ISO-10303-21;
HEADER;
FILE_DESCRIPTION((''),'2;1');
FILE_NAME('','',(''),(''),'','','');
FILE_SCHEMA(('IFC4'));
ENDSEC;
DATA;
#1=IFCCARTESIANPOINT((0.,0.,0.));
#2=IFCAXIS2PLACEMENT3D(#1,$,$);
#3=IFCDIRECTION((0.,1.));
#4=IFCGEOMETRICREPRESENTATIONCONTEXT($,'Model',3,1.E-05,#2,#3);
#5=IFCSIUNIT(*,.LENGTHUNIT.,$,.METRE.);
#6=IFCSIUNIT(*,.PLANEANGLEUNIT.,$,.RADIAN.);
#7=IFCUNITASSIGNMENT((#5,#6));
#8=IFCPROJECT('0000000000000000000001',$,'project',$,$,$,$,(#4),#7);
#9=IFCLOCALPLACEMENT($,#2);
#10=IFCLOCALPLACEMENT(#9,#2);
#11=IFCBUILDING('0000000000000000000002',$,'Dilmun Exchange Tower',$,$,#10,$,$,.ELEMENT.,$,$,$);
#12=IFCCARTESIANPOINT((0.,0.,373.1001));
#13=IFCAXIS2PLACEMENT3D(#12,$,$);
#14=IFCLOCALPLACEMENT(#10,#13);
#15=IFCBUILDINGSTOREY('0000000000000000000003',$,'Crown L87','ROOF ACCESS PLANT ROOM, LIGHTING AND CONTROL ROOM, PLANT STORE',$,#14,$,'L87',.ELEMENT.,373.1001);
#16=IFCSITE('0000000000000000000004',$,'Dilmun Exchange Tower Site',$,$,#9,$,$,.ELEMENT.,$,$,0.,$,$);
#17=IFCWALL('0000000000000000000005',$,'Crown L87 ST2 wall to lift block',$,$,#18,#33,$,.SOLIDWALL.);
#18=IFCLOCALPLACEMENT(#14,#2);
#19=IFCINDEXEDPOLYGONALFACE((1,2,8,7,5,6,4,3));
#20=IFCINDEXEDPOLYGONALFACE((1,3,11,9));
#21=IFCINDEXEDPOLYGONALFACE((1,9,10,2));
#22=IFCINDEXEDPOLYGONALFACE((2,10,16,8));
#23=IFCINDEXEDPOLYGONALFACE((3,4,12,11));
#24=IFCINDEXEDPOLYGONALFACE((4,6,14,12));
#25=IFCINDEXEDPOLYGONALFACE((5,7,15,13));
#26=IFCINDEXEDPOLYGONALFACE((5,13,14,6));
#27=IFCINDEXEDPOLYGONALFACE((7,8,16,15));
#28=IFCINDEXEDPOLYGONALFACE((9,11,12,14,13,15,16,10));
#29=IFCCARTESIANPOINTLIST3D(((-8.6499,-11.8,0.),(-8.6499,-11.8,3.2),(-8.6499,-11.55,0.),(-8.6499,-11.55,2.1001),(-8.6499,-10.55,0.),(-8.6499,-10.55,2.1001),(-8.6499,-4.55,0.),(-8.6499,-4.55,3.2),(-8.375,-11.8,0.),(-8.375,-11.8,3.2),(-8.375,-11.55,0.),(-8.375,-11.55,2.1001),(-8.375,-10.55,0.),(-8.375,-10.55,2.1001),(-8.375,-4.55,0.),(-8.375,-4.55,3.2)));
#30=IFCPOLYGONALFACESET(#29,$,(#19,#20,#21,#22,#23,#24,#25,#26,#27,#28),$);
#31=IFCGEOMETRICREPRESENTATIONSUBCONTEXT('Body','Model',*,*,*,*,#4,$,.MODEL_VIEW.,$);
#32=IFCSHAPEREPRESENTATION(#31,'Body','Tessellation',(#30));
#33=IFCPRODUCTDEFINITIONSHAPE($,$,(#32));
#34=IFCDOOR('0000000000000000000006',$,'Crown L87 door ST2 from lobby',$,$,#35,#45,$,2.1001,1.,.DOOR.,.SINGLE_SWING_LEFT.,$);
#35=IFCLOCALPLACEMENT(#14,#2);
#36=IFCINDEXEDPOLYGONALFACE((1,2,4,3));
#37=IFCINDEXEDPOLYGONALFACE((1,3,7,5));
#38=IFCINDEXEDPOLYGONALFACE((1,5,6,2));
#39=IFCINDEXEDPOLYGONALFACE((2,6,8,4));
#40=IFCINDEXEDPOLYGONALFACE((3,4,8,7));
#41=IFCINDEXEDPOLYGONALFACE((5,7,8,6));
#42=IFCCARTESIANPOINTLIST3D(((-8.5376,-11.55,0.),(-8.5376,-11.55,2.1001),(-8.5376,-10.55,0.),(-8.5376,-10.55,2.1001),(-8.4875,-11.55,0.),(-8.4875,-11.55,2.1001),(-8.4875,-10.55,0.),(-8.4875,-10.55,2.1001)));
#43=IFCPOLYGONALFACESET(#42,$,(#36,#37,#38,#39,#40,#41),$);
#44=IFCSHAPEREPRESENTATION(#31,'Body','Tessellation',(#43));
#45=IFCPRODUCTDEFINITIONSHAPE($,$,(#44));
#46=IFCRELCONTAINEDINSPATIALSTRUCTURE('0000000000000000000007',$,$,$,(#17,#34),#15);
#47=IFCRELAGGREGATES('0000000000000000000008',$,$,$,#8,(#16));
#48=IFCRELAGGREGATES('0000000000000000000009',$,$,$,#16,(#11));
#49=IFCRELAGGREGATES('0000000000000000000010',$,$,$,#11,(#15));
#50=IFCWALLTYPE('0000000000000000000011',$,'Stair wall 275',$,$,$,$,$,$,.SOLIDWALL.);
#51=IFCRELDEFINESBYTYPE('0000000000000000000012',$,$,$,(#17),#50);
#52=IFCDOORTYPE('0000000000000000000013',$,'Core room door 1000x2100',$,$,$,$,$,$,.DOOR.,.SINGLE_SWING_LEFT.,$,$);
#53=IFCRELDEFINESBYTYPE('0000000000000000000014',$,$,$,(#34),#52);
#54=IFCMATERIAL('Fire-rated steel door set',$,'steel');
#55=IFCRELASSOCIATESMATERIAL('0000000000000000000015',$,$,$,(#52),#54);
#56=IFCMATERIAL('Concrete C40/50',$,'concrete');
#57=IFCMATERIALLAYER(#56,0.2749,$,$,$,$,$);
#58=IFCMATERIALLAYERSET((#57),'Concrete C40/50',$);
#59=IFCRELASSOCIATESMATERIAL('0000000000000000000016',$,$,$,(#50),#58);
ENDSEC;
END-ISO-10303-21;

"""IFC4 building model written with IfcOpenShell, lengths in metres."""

from ifc_helpers import new_model, si_unit, direction, frame, frame_2d, origin, place, context, subcontext, project, spatial, rectangle, extrude, material, layer, layer_set, type_object, element, fill, save


model = new_model("IFC4")

# Units and contexts
model_context = context("Model", 3, precision=1e-05, world=origin(), true_north=direction((0.0, 1.0)))
body_context = subcontext(model_context, "Body", "Model", "MODEL_VIEW")
ifc_project = project(units=[si_unit("LENGTHUNIT", "METRE"), si_unit("PLANEANGLEUNIT", "RADIAN")], contexts=[model_context])

# Site, building, storey
site_placement = place(None, origin())
site = spatial("IfcSite", under=ifc_project, at=site_placement, Name="Dilmun Exchange Tower Site", CompositionType="ELEMENT", RefElevation=0.0)
building_placement = place(site_placement, origin())
building = spatial("IfcBuilding", under=site, at=building_placement, Name="Dilmun Exchange Tower", CompositionType="ELEMENT")
storey_placement = place(building_placement, frame((0.0, 0.0, 373.1001)))
storey = spatial("IfcBuildingStorey", under=building, at=storey_placement, Name="Crown L87", Description="ROOF ACCESS PLANT ROOM, LIGHTING AND CONTROL ROOM, PLANT STORE", LongName="L87", CompositionType="ELEMENT", Elevation=373.1001)

# Shared definitions
ifc_material_1 = material(Name="Concrete C40/50", Category="concrete")

# Shared definitions
ifc_material_2 = material(Name="Fire-rated steel door set", Category="steel")
door_type_1 = type_object("IfcDoorType", Name="Core room door 1000x2100", OperationType="SINGLE_SWING_LEFT", PredefinedType="DOOR", material=ifc_material_2)

# Wall, opening, door
ifc_layer_1 = layer(ifc_material_1, 0.2749)
ifc_layer_set_1 = layer_set([ifc_layer_1], Name="Concrete C40/50")
wall_type_1 = type_object("IfcWallType", Name="Stair wall 275", PredefinedType="SOLIDWALL", material=ifc_layer_set_1)
wall_1_placement = place(storey_placement, frame((-8.5125, -4.55, 0.0), z_axis=(0.0, 0.0, 1.0), x_axis=(0.0, -1.0, 0.0)))
wall_1 = element("IfcWall", 1, at=wall_1_placement, inside=storey, type_object=wall_type_1, Name="Crown L87 ST2 wall to lift block", PredefinedType="SOLIDWALL", context=body_context, shape_type="SweptSolid", body=[
    extrude(rectangle(XDim=7.25, YDim=0.2749, at=frame_2d((3.625, 0.0))), origin(), (0.0, 0.0, 1.0), 3.2),
])
opening_1_placement = place(wall_1_placement, frame((6.0, 0.0, 0.0)))
opening_1 = element("IfcOpeningElement", 2, at=opening_1_placement, cuts=wall_1, PredefinedType="OPENING", context=body_context, shape_type="SweptSolid", body=[
    extrude(rectangle(XDim=1.0, YDim=2.1001, at=frame_2d((0.5, 1.05))), frame((0.0, 0.1475, 0.0), z_axis=(0.0, -1.0, 0.0), x_axis=(1.0, 0.0, 0.0)), (0.0, 0.0, 1.0), 0.2949),
])
door_1_placement = place(opening_1_placement, origin())
door_1 = element("IfcDoor", 3, at=door_1_placement, inside=storey, type_object=door_type_1, Name="Crown L87 door ST2 from lobby", OperationType="SINGLE_SWING_LEFT", OverallHeight=2.1001, OverallWidth=1.0, PredefinedType="DOOR", context=body_context, shape_type="SweptSolid", body=[
    extrude(rectangle(XDim=1.0, YDim=2.1001, at=frame_2d((0.5, 1.05))), frame((0.0, 0.0249, 0.0), z_axis=(0.0, -1.0, 0.0), x_axis=(1.0, 0.0, 0.0)), (0.0, 0.0, 1.0), 0.05),
])
fill(opening_1, door_1)

save(model, "model.ifc")
